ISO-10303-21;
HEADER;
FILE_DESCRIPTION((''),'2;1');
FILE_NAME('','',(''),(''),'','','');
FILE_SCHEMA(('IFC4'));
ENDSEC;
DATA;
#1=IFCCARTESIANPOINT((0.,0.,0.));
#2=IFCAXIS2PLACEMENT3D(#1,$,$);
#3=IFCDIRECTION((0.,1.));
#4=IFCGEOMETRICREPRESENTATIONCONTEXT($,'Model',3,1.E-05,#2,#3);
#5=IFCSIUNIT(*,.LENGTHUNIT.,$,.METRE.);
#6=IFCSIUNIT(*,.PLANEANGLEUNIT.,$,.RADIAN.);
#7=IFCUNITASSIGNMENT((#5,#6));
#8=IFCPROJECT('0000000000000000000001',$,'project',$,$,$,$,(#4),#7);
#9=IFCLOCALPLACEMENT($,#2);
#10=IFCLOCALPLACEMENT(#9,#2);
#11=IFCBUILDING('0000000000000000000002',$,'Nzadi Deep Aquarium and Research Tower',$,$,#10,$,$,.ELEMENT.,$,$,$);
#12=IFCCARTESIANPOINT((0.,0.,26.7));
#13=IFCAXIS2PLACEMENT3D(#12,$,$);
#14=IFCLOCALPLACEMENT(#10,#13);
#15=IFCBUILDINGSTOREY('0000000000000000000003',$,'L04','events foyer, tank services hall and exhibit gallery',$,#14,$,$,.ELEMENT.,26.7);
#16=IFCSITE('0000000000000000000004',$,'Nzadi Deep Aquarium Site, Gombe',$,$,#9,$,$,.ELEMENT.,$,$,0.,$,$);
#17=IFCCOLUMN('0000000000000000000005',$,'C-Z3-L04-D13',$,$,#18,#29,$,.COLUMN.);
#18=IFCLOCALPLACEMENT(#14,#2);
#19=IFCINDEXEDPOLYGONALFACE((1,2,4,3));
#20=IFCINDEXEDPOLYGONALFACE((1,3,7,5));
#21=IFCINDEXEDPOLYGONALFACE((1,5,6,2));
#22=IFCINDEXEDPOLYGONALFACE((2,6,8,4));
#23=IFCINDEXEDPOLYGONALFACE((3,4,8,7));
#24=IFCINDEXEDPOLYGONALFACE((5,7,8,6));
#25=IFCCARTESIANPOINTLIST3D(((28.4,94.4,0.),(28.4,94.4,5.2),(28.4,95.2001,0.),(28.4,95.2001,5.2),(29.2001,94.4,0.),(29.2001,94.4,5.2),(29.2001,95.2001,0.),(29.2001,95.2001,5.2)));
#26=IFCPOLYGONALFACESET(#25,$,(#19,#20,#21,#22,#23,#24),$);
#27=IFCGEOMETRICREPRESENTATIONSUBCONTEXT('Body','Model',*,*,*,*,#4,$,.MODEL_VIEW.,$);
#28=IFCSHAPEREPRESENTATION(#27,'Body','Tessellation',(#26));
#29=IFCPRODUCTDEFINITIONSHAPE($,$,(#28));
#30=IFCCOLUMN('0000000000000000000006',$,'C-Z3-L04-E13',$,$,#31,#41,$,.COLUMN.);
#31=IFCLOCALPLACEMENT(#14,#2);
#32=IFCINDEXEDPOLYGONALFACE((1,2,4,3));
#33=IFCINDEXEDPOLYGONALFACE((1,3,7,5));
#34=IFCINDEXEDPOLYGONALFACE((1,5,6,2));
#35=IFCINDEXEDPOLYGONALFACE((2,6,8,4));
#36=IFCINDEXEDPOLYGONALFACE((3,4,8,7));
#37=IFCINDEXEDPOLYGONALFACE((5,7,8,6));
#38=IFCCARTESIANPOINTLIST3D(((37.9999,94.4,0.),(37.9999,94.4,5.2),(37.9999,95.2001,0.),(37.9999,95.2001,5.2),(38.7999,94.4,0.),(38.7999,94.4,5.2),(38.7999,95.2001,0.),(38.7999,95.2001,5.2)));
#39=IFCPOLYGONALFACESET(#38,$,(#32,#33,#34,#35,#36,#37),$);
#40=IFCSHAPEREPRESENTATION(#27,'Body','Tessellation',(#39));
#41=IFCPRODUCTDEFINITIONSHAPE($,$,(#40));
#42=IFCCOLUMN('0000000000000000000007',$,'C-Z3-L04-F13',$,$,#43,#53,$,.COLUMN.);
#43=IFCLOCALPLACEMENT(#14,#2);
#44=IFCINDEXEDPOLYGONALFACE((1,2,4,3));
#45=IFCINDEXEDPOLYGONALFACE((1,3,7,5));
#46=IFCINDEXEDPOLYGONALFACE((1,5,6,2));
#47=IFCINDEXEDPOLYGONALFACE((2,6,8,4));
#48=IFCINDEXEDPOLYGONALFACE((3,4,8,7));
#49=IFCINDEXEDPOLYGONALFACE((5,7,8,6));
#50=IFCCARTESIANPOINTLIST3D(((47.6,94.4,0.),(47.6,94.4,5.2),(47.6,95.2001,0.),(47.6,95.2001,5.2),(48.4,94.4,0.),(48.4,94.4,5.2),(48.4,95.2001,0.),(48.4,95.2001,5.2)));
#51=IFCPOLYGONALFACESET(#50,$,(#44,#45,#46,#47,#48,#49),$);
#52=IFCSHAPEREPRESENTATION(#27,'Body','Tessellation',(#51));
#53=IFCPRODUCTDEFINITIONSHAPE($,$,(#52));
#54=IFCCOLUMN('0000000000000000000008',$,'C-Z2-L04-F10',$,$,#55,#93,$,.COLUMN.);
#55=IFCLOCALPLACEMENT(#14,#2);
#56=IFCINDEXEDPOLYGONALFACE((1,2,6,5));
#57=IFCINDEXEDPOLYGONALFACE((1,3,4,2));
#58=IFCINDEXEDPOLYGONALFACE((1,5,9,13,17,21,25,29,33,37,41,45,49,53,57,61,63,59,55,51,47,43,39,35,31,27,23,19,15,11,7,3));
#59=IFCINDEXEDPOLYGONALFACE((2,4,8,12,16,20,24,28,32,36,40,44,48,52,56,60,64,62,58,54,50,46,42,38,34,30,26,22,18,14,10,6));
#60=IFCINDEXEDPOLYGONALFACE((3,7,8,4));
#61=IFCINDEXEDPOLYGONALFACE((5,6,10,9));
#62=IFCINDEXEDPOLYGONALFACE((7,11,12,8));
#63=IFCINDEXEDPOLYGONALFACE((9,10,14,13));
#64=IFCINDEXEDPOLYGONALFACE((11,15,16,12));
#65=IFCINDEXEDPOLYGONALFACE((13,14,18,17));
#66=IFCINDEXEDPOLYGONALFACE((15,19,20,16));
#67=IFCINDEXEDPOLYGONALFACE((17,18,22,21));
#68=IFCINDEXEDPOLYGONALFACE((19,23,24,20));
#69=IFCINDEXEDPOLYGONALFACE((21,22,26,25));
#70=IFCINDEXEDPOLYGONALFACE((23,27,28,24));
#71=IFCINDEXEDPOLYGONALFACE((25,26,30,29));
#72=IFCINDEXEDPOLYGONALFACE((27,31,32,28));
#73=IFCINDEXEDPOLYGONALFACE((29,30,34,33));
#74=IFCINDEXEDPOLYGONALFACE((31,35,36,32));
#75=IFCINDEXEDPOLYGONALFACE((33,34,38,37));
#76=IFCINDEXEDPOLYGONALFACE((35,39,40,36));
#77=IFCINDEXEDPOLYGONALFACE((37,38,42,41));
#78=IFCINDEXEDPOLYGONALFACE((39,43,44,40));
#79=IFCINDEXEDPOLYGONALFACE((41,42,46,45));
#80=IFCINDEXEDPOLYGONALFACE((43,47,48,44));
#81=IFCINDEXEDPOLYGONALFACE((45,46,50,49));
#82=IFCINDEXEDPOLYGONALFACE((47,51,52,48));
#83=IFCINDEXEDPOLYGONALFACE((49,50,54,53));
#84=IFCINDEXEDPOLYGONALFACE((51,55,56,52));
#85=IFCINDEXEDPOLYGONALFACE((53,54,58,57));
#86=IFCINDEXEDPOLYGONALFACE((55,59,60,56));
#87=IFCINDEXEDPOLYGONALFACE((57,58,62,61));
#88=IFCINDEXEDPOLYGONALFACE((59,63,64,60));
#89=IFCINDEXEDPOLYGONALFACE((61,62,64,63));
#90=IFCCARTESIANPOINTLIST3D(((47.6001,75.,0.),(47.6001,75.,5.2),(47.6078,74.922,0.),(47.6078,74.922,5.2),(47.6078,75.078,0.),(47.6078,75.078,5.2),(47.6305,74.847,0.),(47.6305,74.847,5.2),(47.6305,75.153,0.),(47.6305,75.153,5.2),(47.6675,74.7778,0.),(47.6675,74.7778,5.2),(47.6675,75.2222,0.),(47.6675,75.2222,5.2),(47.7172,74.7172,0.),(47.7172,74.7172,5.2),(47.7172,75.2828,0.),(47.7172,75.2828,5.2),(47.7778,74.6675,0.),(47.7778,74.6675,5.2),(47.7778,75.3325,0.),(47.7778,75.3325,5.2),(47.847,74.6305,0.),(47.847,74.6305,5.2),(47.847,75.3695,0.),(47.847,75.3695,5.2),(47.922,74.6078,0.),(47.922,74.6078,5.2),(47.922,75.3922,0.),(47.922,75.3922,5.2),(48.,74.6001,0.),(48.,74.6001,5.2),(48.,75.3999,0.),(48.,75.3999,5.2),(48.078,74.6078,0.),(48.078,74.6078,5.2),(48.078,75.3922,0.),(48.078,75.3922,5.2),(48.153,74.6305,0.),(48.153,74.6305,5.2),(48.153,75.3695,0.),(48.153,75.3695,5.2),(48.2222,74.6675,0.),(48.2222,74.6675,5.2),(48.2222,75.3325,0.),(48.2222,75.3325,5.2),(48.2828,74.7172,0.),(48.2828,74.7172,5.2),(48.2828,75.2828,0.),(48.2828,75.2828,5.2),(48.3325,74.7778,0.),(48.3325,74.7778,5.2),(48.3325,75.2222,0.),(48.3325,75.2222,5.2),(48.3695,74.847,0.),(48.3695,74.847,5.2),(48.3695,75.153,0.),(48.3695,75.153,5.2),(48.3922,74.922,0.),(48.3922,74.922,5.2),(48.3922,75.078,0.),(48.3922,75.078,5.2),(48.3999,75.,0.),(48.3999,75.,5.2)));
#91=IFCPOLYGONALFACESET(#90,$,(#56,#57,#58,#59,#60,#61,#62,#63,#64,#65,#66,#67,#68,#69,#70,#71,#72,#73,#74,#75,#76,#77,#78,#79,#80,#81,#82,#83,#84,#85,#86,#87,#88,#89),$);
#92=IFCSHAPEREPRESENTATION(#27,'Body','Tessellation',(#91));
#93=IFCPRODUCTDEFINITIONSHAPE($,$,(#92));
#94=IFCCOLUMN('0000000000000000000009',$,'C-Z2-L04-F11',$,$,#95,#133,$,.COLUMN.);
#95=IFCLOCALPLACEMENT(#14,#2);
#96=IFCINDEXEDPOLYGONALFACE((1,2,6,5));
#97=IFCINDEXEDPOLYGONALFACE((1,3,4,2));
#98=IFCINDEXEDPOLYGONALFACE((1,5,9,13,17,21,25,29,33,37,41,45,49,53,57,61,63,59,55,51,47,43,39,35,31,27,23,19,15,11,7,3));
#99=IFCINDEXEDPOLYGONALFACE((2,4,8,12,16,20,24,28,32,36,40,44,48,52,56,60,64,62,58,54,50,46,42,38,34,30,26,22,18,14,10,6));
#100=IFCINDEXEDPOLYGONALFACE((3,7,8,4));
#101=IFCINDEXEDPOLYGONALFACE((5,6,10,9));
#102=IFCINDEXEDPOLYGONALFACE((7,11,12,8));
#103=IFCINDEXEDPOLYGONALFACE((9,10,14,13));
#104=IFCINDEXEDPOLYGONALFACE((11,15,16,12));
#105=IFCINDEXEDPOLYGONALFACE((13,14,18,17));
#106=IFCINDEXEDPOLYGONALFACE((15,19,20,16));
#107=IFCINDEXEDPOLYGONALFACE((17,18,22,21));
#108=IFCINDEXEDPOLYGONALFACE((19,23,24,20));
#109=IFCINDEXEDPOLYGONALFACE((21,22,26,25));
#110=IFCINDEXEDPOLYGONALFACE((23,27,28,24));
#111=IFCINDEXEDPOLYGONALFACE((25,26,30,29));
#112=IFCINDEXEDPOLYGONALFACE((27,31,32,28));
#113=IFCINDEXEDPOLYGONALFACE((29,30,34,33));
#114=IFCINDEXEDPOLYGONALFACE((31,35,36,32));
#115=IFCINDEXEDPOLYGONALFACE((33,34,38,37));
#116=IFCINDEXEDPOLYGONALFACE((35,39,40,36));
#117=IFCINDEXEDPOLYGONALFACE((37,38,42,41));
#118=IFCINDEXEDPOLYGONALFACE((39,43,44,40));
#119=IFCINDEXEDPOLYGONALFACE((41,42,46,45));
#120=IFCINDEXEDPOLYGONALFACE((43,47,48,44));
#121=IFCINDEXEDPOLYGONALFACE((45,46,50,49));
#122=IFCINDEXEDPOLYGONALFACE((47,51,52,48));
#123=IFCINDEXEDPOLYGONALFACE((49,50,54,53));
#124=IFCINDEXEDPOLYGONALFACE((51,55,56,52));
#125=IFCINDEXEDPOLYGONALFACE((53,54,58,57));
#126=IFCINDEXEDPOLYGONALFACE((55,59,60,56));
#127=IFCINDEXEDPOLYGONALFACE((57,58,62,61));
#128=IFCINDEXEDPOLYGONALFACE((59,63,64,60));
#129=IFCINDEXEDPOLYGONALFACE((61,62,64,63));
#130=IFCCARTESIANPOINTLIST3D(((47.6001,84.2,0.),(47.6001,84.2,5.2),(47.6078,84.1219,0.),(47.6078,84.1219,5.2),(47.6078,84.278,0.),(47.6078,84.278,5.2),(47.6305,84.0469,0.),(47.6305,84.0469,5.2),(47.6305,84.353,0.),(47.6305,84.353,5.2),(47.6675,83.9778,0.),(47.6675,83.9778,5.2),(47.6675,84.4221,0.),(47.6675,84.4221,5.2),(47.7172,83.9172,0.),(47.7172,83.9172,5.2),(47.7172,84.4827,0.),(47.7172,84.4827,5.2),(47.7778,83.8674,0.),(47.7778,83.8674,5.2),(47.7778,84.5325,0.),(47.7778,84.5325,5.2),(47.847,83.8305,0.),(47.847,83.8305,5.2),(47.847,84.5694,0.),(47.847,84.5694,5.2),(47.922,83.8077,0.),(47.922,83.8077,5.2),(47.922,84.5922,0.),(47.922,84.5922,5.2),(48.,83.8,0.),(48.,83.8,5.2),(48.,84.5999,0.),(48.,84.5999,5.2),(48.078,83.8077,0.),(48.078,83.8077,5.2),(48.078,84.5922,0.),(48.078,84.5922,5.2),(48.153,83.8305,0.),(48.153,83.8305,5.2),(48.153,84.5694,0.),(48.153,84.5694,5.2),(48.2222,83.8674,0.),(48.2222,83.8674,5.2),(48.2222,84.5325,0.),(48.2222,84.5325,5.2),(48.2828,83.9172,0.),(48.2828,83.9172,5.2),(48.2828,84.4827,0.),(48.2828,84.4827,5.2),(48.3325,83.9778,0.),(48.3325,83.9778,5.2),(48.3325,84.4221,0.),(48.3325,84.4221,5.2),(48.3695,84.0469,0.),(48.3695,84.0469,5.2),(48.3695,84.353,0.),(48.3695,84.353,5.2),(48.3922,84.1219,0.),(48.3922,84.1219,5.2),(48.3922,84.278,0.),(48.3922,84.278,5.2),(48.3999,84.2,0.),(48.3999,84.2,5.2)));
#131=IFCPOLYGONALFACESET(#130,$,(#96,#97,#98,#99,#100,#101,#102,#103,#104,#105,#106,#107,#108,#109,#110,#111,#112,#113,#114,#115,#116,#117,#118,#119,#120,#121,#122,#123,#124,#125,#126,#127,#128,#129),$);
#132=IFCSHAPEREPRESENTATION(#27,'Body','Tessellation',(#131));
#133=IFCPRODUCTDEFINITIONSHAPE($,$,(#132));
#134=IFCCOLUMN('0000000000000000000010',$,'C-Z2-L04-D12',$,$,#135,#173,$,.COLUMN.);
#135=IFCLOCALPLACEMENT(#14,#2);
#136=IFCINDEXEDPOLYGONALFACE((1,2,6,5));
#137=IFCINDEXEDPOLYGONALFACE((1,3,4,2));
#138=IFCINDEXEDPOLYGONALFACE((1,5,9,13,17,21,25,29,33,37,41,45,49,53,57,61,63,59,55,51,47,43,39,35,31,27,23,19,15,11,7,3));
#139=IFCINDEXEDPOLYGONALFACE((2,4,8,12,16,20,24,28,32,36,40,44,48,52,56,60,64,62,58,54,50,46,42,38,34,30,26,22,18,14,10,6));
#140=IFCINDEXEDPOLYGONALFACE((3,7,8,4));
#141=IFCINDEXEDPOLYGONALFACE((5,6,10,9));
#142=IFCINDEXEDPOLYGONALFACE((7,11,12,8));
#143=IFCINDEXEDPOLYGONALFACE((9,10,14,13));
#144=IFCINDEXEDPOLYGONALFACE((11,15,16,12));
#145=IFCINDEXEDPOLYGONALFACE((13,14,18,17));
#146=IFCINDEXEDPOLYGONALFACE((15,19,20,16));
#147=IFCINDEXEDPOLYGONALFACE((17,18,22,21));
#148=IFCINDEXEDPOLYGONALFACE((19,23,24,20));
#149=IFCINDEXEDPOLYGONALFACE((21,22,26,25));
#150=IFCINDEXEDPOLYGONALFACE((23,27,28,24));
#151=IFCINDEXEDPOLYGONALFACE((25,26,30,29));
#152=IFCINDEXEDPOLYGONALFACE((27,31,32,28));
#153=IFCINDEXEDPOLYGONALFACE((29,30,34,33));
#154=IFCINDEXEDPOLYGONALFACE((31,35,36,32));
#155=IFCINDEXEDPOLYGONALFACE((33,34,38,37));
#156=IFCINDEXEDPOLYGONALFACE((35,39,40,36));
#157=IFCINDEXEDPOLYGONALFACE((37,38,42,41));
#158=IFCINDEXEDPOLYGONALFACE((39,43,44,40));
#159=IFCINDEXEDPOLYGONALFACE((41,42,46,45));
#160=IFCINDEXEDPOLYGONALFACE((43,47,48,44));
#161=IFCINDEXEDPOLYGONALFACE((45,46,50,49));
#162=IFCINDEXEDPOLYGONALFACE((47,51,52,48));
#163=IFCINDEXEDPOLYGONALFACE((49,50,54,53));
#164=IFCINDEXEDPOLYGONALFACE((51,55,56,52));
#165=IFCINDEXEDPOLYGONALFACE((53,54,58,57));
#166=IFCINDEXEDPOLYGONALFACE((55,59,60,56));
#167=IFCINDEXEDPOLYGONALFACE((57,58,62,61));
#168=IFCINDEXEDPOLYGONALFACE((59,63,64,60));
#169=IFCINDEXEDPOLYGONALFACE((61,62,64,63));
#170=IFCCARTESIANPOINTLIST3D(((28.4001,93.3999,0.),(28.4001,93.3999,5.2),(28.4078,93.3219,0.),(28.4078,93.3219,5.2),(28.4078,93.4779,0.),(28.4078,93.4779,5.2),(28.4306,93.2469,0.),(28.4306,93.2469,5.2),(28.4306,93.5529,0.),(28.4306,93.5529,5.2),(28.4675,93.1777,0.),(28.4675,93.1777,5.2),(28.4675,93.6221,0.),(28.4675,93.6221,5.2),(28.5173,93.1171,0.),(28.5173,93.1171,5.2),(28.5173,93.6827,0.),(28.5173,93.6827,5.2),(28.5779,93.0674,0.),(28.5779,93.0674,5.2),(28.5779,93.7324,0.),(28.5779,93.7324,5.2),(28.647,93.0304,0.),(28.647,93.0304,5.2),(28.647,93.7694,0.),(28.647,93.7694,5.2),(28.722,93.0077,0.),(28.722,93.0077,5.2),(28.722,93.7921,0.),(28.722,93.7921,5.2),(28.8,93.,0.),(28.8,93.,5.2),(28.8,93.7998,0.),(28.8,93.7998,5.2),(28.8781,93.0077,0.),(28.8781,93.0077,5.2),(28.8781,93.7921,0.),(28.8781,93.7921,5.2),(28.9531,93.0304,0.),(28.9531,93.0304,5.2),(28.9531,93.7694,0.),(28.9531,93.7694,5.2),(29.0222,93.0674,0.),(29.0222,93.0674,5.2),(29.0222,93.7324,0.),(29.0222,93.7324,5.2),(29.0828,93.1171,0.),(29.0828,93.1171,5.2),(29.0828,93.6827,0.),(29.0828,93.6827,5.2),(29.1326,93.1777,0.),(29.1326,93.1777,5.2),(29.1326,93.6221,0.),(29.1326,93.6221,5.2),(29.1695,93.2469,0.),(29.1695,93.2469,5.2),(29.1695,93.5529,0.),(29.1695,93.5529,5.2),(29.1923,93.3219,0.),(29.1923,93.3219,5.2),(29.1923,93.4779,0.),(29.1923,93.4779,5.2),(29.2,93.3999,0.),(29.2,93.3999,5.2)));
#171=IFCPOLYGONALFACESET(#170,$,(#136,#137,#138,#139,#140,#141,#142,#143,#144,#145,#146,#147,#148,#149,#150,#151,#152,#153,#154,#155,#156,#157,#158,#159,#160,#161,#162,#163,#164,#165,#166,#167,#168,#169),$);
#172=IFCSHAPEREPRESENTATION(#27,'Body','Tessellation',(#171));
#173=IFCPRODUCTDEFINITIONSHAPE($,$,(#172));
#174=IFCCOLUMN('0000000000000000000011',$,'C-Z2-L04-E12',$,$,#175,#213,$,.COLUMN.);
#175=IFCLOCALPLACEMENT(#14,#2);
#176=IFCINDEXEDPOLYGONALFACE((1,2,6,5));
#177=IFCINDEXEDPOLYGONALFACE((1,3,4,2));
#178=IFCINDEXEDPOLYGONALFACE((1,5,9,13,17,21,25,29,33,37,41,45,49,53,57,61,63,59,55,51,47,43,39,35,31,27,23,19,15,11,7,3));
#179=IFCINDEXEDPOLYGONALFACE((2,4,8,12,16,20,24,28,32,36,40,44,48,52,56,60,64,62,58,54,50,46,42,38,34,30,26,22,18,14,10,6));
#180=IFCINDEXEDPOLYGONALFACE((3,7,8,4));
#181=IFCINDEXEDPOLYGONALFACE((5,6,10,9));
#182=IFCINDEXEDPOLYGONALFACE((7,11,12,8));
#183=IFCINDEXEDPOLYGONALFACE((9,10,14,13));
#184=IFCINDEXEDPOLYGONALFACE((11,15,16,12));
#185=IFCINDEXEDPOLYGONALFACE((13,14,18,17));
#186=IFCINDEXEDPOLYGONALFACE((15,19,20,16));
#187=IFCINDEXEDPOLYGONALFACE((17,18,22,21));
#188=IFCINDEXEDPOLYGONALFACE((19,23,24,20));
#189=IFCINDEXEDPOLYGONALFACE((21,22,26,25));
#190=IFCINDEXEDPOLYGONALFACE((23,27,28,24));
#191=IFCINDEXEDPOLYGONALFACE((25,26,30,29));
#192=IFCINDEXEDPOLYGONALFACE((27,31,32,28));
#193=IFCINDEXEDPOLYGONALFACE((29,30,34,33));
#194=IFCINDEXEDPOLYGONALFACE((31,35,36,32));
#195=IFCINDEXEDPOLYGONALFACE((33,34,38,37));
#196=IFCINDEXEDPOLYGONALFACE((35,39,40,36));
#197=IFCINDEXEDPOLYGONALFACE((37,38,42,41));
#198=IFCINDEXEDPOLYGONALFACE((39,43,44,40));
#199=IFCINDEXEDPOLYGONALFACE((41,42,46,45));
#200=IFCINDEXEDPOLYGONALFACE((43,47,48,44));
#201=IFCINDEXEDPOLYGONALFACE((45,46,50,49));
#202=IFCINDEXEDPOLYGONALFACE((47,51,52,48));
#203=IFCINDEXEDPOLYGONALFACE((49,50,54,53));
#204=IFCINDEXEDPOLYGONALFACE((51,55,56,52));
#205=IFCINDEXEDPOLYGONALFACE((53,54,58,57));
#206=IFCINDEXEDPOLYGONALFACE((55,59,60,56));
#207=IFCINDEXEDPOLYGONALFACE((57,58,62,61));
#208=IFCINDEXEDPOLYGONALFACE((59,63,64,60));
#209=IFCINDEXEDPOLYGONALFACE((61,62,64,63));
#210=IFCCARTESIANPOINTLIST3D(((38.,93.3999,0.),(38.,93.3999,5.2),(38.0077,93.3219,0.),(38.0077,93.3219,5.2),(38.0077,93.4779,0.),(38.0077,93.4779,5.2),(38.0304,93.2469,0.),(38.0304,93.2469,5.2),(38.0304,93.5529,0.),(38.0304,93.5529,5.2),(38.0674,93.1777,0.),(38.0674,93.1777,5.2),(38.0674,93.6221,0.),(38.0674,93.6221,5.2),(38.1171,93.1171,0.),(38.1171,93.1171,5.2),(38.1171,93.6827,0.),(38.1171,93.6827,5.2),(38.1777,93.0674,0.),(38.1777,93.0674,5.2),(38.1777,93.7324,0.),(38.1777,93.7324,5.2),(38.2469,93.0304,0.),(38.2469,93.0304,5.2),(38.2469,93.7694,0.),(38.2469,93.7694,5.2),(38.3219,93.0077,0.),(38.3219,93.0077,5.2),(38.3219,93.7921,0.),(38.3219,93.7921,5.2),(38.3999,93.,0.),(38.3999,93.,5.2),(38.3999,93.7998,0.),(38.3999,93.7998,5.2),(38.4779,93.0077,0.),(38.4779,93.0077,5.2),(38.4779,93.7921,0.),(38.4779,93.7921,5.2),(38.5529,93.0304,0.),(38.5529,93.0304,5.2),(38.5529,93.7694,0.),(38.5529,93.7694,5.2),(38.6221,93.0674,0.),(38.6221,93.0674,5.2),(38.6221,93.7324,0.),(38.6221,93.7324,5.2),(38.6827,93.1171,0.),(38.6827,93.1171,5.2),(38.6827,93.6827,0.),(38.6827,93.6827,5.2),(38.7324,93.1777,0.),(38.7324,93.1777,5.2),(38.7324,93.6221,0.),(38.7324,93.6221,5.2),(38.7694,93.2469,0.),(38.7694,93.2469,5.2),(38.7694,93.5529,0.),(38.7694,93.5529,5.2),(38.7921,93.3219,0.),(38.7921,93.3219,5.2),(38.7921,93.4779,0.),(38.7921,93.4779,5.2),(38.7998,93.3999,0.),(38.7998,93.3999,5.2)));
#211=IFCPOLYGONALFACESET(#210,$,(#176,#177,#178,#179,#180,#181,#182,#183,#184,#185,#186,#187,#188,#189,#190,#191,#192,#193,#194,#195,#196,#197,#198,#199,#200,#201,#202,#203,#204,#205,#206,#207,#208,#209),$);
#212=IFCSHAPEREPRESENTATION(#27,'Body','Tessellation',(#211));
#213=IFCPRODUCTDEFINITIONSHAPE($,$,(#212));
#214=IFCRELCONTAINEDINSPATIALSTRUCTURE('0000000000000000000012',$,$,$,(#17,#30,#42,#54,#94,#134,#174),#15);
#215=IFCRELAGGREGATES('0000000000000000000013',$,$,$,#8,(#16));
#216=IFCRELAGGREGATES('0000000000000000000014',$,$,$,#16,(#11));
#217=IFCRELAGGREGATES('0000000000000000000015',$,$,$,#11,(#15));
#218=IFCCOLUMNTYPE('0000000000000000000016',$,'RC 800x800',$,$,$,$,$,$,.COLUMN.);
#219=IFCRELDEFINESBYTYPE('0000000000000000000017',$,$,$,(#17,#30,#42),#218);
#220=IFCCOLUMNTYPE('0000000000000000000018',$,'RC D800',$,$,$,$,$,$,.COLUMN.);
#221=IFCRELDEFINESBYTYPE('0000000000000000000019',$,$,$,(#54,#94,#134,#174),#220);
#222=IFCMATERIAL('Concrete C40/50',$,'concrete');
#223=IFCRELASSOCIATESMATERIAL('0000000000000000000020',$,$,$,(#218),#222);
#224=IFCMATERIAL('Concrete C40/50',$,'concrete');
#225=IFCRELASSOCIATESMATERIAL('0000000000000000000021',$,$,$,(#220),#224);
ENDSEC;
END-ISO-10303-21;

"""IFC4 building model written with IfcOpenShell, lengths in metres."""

from ifc_helpers import new_model, si_unit, direction, frame, origin, origin_2d, place, context, subcontext, project, spatial, rectangle, circle, extrude, material, material_profile, profile_set, type_object, element, save


model = new_model("IFC4")

# Units and contexts
model_context = context("Model", 3, precision=1e-05, world=origin(), true_north=direction((0.0, 1.0)))
body_context = subcontext(model_context, "Body", "Model", "MODEL_VIEW")
ifc_project = project(units=[si_unit("LENGTHUNIT", "METRE"), si_unit("PLANEANGLEUNIT", "RADIAN")], contexts=[model_context])

# Site, building, storey
site_placement = place(None, origin())
site = spatial("IfcSite", under=ifc_project, at=site_placement, Name="Nzadi Deep Aquarium Site, Gombe", CompositionType="ELEMENT", RefElevation=0.0)
building_placement = place(site_placement, origin())
building = spatial("IfcBuilding", under=site, at=building_placement, Name="Nzadi Deep Aquarium and Research Tower", CompositionType="ELEMENT")
storey_placement = place(building_placement, frame((0.0, 0.0, 26.7)))
storey = spatial("IfcBuildingStorey", under=building, at=storey_placement, Name="L04", Description="events foyer, tank services hall and exhibit gallery", CompositionType="ELEMENT", Elevation=26.7)

# Columns
ifc_material_1 = material(Name="Concrete C40/50", Category="concrete")
ifc_material_profile_1 = material_profile(ifc_material_1, rectangle(XDim=0.8, YDim=0.8, at=origin_2d()))
ifc_profile_set_1 = profile_set([ifc_material_profile_1], Name="Concrete C40/50")
column_type_1 = type_object("IfcColumnType", Name="RC 800x800", PredefinedType="COLUMN", material=ifc_profile_set_1)
for number, where, z_axis, x_axis, name in (
    (1, (28.8, 94.8, 0.0), (0.0, 0.0, 1.0), (1.0, 0.0, 0.0), "C-Z3-L04-D13"),
    (2, (38.3999, 94.8, 0.0), (0.0, 0.0, 1.0), (1.0, 0.0, 0.0), "C-Z3-L04-E13"),
    (3, (48.0, 94.8, 0.0), (0.0, 0.0, 1.0), (1.0, 0.0, 0.0), "C-Z3-L04-F13"),
):
    element("IfcColumn", number, at=place(storey_placement, frame(where, z_axis=z_axis, x_axis=x_axis)), inside=storey, type_object=column_type_1, Name=name, PredefinedType="COLUMN", context=body_context, shape_type="SweptSolid", body=[
        extrude(rectangle(XDim=0.8, YDim=0.8, at=origin_2d()), origin(), (0.0, 0.0, 1.0), 5.2),
    ])
ifc_material_2 = material(Name="Concrete C40/50", Category="concrete")
ifc_material_profile_2 = material_profile(ifc_material_2, circle(Radius=0.3999, at=origin_2d()))
ifc_profile_set_2 = profile_set([ifc_material_profile_2], Name="Concrete C40/50")
column_type_2 = type_object("IfcColumnType", Name="RC D800", PredefinedType="COLUMN", material=ifc_profile_set_2)
for number, where, z_axis, x_axis, name in (
    (4, (48.0, 75.0, 0.0), (0.0, 0.0, 1.0), (1.0, 0.0, 0.0), "C-Z2-L04-F10"),
    (5, (48.0, 84.2, 0.0), (0.0, 0.0, 1.0), (1.0, 0.0, 0.0), "C-Z2-L04-F11"),
    (6, (28.8, 93.3999, 0.0), (0.0, 0.0, 1.0), (1.0, 0.0, 0.0), "C-Z2-L04-D12"),
    (7, (38.3999, 93.3999, 0.0), (0.0, 0.0, 1.0), (1.0, 0.0, 0.0), "C-Z2-L04-E12"),
):
    element("IfcColumn", number, at=place(storey_placement, frame(where, z_axis=z_axis, x_axis=x_axis)), inside=storey, type_object=column_type_2, Name=name, PredefinedType="COLUMN", context=body_context, shape_type="SweptSolid", body=[
        extrude(circle(Radius=0.3999, at=origin_2d()), origin(), (0.0, 0.0, 1.0), 5.2),
    ])

save(model, "model.ifc")
